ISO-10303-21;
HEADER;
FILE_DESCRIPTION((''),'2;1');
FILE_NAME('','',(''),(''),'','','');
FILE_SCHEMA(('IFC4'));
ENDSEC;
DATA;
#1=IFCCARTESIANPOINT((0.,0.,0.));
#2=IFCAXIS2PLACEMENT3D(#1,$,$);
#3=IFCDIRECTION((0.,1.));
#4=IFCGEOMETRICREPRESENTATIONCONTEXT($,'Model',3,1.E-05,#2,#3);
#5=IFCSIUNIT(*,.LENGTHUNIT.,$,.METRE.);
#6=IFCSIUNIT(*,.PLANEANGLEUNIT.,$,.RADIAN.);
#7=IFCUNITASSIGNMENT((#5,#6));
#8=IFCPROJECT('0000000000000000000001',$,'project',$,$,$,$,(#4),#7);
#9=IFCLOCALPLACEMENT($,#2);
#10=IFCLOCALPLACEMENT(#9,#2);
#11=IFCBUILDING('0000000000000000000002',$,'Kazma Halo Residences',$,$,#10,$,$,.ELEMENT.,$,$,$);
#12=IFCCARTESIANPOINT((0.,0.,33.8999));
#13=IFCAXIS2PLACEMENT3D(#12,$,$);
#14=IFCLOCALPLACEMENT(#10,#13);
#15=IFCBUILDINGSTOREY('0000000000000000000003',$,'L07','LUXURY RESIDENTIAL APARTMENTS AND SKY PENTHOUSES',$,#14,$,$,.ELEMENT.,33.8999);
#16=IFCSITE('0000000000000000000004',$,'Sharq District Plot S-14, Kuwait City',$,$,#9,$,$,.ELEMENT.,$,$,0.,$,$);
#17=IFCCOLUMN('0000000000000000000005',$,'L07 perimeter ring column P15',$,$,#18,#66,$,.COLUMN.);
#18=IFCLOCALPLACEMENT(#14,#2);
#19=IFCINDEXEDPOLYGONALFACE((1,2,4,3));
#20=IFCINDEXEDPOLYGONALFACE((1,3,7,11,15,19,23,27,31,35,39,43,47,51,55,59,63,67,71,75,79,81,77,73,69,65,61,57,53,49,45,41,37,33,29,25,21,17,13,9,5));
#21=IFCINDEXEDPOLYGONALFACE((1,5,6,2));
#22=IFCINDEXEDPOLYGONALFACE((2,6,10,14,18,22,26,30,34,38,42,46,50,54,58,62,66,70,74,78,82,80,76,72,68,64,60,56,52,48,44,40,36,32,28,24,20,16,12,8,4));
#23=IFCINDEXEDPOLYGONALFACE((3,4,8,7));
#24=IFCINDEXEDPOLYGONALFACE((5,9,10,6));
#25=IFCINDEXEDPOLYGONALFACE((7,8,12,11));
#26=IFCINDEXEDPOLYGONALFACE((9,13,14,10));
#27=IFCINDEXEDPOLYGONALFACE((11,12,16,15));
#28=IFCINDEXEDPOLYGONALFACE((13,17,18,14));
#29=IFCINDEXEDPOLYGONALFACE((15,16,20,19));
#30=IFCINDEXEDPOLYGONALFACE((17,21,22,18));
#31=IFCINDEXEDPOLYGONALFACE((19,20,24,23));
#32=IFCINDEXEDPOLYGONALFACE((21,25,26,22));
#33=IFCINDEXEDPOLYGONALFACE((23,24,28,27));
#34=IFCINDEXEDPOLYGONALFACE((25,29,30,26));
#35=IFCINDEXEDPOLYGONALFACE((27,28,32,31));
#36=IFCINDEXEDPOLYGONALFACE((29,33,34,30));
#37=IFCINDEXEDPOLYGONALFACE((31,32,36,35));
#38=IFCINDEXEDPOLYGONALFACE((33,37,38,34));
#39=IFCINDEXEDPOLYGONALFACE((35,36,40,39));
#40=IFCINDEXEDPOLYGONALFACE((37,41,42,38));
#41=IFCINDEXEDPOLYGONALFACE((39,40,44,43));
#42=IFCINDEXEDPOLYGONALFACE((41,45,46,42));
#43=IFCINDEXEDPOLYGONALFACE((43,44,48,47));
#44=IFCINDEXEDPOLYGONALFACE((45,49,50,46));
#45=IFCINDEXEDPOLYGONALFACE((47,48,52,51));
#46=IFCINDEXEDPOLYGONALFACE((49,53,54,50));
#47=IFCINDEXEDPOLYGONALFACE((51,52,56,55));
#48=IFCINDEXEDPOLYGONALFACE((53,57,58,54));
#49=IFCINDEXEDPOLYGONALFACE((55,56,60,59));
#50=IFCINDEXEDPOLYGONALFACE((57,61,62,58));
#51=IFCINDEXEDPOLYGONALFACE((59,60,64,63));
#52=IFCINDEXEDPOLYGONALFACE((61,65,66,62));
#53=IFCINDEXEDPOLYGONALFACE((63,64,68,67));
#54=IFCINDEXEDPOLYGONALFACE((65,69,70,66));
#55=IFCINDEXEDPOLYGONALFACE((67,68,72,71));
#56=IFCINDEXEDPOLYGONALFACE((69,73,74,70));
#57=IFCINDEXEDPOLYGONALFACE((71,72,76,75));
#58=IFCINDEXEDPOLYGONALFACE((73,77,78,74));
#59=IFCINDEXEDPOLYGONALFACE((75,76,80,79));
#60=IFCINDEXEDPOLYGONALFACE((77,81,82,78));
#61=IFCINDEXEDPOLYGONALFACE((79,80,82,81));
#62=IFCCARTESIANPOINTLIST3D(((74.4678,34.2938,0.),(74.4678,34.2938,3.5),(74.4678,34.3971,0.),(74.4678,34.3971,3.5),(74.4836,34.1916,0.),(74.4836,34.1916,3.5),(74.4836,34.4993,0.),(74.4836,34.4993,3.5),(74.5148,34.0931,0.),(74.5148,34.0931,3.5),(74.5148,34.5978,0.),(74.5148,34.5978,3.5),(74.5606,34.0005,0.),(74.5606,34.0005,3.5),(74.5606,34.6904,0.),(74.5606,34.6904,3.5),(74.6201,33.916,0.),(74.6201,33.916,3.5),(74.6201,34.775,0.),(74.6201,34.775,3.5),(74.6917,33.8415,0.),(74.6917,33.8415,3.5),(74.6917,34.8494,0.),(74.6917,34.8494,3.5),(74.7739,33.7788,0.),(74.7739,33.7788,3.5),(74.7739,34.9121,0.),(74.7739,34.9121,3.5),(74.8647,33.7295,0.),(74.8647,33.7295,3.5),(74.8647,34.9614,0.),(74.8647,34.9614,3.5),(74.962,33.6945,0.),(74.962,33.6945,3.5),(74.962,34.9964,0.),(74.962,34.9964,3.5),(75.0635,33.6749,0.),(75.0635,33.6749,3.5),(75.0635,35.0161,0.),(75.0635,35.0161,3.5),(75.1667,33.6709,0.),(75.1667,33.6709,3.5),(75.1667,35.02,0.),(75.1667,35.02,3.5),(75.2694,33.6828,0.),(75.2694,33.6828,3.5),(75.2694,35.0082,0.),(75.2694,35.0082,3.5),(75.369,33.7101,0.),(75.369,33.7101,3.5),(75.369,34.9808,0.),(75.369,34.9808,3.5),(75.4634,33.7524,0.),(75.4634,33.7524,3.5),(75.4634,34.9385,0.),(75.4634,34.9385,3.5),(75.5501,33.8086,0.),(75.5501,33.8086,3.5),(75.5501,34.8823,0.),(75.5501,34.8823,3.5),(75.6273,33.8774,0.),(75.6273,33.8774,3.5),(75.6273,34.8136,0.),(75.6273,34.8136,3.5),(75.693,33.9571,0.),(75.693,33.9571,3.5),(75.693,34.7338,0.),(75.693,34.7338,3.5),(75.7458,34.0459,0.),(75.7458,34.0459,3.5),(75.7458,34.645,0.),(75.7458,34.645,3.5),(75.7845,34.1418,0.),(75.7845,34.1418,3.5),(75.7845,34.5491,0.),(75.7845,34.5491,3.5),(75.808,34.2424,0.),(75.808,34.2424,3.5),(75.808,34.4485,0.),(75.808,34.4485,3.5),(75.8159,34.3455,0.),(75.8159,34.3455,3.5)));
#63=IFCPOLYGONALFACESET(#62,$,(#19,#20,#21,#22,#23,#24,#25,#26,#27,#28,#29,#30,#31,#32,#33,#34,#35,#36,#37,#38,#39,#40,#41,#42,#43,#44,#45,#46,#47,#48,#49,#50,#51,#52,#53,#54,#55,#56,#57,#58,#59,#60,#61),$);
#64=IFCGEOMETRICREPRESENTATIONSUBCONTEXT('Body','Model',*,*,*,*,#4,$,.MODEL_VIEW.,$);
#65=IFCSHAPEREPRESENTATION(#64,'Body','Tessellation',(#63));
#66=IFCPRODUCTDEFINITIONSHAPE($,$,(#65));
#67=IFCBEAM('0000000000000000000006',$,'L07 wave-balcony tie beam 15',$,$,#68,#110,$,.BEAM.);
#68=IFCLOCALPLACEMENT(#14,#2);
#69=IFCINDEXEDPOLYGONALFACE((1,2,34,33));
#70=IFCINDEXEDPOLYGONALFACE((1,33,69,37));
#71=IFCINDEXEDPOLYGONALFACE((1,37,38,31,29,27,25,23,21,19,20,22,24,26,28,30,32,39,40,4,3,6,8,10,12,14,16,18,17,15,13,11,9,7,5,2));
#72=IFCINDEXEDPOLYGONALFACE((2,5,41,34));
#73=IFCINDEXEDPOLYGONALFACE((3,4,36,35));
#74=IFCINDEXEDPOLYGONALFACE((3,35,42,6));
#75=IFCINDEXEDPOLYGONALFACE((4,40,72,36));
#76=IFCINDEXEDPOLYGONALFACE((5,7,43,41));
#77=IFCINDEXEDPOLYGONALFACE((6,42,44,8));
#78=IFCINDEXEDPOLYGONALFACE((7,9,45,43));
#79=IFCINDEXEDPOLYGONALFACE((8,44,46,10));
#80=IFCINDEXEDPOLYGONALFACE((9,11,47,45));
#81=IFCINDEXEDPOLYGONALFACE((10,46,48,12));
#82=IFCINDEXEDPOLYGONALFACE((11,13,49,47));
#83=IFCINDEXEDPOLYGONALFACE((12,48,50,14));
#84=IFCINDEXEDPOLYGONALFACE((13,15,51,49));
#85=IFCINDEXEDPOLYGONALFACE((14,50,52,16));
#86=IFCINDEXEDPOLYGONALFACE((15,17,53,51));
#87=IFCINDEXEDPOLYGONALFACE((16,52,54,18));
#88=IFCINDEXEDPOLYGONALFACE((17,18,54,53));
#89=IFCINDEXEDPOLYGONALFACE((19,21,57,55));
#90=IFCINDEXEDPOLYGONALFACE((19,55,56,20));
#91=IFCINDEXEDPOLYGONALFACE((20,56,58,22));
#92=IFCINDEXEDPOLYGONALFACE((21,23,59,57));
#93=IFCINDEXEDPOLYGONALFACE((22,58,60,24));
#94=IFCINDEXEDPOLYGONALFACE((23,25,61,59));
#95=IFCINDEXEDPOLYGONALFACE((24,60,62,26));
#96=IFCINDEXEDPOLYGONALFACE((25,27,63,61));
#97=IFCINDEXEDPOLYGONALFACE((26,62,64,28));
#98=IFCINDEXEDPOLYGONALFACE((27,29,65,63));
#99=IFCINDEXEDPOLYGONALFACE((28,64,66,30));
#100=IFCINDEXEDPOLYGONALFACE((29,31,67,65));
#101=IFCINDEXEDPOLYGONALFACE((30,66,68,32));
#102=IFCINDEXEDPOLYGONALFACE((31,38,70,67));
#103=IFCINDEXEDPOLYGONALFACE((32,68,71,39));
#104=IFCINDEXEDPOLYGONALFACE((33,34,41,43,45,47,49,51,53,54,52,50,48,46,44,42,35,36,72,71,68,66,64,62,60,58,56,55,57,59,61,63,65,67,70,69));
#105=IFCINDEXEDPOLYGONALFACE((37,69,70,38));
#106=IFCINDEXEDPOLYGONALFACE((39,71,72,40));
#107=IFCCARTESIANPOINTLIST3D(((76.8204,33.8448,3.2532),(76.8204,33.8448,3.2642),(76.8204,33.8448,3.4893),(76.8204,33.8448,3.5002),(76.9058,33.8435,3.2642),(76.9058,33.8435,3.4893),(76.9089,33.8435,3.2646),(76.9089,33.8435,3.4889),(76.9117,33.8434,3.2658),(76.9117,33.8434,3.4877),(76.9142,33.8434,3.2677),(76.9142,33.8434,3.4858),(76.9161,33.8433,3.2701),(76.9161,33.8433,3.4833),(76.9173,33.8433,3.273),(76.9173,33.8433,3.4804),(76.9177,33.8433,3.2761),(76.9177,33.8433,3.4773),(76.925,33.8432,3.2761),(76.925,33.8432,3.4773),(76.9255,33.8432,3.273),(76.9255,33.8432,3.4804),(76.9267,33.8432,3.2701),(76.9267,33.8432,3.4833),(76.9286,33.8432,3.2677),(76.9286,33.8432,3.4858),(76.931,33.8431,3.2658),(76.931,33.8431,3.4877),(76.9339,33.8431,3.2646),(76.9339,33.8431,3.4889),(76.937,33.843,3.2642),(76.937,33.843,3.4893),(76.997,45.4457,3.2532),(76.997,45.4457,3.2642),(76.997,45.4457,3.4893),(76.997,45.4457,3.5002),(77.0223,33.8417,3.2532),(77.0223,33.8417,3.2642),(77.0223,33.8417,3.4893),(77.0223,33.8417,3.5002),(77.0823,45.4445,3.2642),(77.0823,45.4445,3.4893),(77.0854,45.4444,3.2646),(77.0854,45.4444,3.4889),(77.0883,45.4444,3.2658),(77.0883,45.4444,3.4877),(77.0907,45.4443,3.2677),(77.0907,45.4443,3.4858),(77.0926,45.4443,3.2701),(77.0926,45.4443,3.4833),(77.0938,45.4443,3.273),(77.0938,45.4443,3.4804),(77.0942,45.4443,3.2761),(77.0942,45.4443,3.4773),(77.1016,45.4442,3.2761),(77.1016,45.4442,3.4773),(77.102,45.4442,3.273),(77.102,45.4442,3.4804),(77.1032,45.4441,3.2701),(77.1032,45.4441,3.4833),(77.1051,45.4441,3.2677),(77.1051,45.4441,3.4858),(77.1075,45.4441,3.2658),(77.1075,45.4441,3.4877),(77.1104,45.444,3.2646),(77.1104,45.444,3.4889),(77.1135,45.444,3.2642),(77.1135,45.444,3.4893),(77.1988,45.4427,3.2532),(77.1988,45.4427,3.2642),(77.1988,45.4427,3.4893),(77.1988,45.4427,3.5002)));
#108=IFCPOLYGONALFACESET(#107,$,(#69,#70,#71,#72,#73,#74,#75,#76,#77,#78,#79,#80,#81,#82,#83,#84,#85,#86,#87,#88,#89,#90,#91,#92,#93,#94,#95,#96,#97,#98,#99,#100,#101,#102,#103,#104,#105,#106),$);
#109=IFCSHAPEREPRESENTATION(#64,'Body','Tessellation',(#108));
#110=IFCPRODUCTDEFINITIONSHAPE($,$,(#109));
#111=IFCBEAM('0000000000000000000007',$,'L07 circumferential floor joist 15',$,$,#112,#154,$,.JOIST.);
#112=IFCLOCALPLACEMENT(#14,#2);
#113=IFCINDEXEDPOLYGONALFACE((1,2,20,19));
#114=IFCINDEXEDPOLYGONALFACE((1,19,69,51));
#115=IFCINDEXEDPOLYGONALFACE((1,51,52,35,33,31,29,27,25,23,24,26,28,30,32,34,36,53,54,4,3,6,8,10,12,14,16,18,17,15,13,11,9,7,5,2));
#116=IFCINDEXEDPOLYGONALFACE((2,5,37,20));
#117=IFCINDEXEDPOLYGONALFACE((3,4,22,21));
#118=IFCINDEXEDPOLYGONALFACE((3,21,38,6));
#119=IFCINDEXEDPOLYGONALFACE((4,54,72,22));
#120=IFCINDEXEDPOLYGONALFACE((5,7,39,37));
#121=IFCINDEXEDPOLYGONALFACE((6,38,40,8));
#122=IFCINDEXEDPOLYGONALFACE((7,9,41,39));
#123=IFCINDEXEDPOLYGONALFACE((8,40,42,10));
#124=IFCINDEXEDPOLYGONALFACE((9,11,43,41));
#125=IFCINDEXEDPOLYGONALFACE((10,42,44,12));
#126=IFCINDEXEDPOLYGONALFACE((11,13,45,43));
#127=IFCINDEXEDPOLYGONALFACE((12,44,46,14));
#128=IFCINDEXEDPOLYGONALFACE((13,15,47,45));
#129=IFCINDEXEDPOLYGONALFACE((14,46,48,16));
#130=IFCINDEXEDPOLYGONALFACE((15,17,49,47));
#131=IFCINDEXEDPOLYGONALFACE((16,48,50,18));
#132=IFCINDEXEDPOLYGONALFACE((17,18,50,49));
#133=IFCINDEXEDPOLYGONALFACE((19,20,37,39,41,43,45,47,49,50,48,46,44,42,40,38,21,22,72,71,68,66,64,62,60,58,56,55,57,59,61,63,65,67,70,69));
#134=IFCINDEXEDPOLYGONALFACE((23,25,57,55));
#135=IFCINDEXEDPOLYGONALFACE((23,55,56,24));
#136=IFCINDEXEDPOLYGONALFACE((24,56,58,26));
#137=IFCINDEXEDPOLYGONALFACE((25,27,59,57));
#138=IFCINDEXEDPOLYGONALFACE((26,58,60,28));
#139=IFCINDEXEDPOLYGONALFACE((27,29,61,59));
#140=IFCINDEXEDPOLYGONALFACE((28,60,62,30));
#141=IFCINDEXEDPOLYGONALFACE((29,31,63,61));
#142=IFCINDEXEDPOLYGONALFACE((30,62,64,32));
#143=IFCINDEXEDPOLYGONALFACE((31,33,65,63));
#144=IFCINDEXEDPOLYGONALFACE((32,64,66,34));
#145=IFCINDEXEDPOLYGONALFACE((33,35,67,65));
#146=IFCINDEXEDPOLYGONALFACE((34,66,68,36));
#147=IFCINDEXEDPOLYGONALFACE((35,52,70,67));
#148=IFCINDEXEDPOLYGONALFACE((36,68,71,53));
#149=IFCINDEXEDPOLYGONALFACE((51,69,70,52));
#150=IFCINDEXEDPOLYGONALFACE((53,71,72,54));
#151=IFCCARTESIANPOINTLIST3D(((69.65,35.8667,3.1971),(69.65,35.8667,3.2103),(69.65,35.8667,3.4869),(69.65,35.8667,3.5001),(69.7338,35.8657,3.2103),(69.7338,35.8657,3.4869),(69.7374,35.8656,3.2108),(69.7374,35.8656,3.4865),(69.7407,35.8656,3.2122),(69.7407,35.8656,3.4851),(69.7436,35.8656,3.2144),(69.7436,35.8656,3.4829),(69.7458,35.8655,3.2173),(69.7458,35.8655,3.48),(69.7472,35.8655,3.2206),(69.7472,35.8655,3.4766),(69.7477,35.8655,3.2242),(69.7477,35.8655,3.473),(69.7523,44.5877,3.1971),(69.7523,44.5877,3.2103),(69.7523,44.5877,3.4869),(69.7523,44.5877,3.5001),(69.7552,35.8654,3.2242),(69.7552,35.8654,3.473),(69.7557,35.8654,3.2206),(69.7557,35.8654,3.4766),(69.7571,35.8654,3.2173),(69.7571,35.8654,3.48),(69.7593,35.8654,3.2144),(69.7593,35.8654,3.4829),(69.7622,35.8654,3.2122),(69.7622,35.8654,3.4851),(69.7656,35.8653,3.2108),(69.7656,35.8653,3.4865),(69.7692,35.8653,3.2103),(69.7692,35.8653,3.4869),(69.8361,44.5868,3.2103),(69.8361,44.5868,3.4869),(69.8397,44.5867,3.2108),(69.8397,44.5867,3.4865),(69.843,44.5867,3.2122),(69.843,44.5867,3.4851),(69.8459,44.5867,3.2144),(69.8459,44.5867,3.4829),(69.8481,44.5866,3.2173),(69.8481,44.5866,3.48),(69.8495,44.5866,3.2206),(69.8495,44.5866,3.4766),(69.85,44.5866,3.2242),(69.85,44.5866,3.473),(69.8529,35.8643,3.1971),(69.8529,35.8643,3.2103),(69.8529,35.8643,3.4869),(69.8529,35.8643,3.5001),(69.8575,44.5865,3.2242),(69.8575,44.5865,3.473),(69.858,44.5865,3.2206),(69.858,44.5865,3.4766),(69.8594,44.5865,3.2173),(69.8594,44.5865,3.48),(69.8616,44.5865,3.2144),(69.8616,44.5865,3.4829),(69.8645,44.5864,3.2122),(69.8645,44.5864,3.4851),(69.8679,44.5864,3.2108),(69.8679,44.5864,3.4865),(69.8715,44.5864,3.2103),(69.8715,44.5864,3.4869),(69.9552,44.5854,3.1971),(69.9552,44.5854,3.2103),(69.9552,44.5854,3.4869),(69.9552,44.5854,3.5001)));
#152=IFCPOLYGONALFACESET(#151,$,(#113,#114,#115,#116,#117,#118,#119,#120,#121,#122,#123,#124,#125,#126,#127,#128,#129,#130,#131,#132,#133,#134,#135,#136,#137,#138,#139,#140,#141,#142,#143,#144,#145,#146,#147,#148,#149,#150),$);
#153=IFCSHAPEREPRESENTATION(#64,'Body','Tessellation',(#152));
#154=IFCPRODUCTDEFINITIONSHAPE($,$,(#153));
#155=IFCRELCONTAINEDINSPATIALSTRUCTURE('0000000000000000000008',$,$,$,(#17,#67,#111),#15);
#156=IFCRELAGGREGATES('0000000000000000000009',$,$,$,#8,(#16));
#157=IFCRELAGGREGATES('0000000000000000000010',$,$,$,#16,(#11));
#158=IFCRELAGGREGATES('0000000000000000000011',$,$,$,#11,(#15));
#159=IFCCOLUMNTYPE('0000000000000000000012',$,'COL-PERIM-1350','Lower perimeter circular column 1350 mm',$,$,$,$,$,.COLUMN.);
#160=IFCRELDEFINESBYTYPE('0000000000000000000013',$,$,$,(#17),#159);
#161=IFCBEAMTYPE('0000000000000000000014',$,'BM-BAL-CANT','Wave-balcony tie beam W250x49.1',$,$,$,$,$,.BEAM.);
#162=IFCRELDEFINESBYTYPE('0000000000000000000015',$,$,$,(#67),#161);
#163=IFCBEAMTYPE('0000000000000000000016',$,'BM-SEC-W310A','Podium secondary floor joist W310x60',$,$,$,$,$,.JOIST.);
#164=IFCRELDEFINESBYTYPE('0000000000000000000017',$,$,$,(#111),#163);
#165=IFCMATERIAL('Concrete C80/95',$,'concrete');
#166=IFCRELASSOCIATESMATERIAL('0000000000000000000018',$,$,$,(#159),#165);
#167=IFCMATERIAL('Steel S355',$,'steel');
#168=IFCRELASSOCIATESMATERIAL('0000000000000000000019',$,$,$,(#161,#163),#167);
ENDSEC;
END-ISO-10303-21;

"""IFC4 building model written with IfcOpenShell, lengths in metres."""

from ifc_helpers import new_model, si_unit, direction, frame, origin, origin_2d, place, context, subcontext, project, spatial, circle, i_section, extrude, material, material_profile, profile_set, type_object, element, save


model = new_model("IFC4")

# Units and contexts
model_context = context("Model", 3, precision=1e-05, world=origin(), true_north=direction((0.0, 1.0)))
body_context = subcontext(model_context, "Body", "Model", "MODEL_VIEW")
ifc_project = project(units=[si_unit("LENGTHUNIT", "METRE"), si_unit("PLANEANGLEUNIT", "RADIAN")], contexts=[model_context])

# Site, building, storey
site_placement = place(None, origin())
site = spatial("IfcSite", under=ifc_project, at=site_placement, Name="Sharq District Plot S-14, Kuwait City", CompositionType="ELEMENT", RefElevation=0.0)
building_placement = place(site_placement, origin())
building = spatial("IfcBuilding", under=site, at=building_placement, Name="Kazma Halo Residences", CompositionType="ELEMENT")
storey_placement = place(building_placement, frame((0.0, 0.0, 33.8999)))
storey = spatial("IfcBuildingStorey", under=building, at=storey_placement, Name="L07", Description="LUXURY RESIDENTIAL APARTMENTS AND SKY PENTHOUSES", CompositionType="ELEMENT", Elevation=33.8999)

# Column
ifc_material_1 = material(Name="Concrete C80/95", Category="concrete")
ifc_material_profile_1 = material_profile(ifc_material_1, circle(Radius=0.675, at=origin_2d()), Name="CIRC1350")
ifc_profile_set_1 = profile_set([ifc_material_profile_1], Name="Concrete C80/95")
column_type = type_object("IfcColumnType", Name="COL-PERIM-1350", Description="Lower perimeter circular column 1350 mm", PredefinedType="COLUMN", material=ifc_profile_set_1)
column_placement = place(storey_placement, frame((75.1409, 34.3455, 0.0), z_axis=(0.0, 0.0, 1.0), x_axis=(1.0, 0.0, 0.0)))
element("IfcColumn", 1, at=column_placement, inside=storey, type_object=column_type, Name="L07 perimeter ring column P15", PredefinedType="COLUMN", context=body_context, shape_type="SweptSolid", body=[
    extrude(circle(Radius=0.675, at=origin_2d()), origin(), (0.0, 0.0, 1.0), 3.5),
])

# Beams
ifc_material_2 = material(Name="Steel S355", Category="steel")
ifc_material_profile_2 = material_profile(ifc_material_2, i_section(OverallWidth=0.2019, OverallDepth=0.2471, WebThickness=0.0073, FlangeThickness=0.011, FilletRadius=0.012, at=origin_2d()), Name="W250x49.1")
ifc_profile_set_2 = profile_set([ifc_material_profile_2], Name="Steel S355")
beam_type_1 = type_object("IfcBeamType", Name="BM-BAL-CANT", Description="Wave-balcony tie beam W250x49.1", PredefinedType="BEAM", material=ifc_profile_set_2)
beam_1_placement = place(storey_placement, frame((76.9214, 33.8433, 3.3767), z_axis=(0.015214, 0.999884, 0.0), x_axis=(-0.999884, 0.015214, 0.0)))
element("IfcBeam", 2, at=beam_1_placement, inside=storey, type_object=beam_type_1, Name="L07 wave-balcony tie beam 15", PredefinedType="BEAM", context=body_context, shape_type="SweptSolid", body=[
    extrude(i_section(OverallWidth=0.2019, OverallDepth=0.2471, WebThickness=0.0073, FlangeThickness=0.011, FilletRadius=0.012, at=origin_2d()), origin(), (0.0, 0.0, 1.0), 11.6023),
])
ifc_material_profile_3 = material_profile(ifc_material_2, i_section(OverallWidth=0.2029, OverallDepth=0.303, WebThickness=0.0076, FlangeThickness=0.0132, FilletRadius=0.0139, at=origin_2d()), Name="W310x60")
ifc_profile_set_3 = profile_set([ifc_material_profile_3], Name="Steel S355")
beam_type_2 = type_object("IfcBeamType", Name="BM-SEC-W310A", Description="Podium secondary floor joist W310x60", PredefinedType="JOIST", material=ifc_profile_set_3)
beam_2_placement = place(storey_placement, frame((69.7515, 35.8655, 3.3486), z_axis=(0.011729, 0.999931, 0.0), x_axis=(-0.999931, 0.011729, 0.0)))
element("IfcBeam", 3, at=beam_2_placement, inside=storey, type_object=beam_type_2, Name="L07 circumferential floor joist 15", PredefinedType="JOIST", context=body_context, shape_type="SweptSolid", body=[
    extrude(i_section(OverallWidth=0.2029, OverallDepth=0.303, WebThickness=0.0076, FlangeThickness=0.0132, FilletRadius=0.0139, at=origin_2d()), origin(), (0.0, 0.0, 1.0), 8.7217),
])

save(model, "model.ifc")
